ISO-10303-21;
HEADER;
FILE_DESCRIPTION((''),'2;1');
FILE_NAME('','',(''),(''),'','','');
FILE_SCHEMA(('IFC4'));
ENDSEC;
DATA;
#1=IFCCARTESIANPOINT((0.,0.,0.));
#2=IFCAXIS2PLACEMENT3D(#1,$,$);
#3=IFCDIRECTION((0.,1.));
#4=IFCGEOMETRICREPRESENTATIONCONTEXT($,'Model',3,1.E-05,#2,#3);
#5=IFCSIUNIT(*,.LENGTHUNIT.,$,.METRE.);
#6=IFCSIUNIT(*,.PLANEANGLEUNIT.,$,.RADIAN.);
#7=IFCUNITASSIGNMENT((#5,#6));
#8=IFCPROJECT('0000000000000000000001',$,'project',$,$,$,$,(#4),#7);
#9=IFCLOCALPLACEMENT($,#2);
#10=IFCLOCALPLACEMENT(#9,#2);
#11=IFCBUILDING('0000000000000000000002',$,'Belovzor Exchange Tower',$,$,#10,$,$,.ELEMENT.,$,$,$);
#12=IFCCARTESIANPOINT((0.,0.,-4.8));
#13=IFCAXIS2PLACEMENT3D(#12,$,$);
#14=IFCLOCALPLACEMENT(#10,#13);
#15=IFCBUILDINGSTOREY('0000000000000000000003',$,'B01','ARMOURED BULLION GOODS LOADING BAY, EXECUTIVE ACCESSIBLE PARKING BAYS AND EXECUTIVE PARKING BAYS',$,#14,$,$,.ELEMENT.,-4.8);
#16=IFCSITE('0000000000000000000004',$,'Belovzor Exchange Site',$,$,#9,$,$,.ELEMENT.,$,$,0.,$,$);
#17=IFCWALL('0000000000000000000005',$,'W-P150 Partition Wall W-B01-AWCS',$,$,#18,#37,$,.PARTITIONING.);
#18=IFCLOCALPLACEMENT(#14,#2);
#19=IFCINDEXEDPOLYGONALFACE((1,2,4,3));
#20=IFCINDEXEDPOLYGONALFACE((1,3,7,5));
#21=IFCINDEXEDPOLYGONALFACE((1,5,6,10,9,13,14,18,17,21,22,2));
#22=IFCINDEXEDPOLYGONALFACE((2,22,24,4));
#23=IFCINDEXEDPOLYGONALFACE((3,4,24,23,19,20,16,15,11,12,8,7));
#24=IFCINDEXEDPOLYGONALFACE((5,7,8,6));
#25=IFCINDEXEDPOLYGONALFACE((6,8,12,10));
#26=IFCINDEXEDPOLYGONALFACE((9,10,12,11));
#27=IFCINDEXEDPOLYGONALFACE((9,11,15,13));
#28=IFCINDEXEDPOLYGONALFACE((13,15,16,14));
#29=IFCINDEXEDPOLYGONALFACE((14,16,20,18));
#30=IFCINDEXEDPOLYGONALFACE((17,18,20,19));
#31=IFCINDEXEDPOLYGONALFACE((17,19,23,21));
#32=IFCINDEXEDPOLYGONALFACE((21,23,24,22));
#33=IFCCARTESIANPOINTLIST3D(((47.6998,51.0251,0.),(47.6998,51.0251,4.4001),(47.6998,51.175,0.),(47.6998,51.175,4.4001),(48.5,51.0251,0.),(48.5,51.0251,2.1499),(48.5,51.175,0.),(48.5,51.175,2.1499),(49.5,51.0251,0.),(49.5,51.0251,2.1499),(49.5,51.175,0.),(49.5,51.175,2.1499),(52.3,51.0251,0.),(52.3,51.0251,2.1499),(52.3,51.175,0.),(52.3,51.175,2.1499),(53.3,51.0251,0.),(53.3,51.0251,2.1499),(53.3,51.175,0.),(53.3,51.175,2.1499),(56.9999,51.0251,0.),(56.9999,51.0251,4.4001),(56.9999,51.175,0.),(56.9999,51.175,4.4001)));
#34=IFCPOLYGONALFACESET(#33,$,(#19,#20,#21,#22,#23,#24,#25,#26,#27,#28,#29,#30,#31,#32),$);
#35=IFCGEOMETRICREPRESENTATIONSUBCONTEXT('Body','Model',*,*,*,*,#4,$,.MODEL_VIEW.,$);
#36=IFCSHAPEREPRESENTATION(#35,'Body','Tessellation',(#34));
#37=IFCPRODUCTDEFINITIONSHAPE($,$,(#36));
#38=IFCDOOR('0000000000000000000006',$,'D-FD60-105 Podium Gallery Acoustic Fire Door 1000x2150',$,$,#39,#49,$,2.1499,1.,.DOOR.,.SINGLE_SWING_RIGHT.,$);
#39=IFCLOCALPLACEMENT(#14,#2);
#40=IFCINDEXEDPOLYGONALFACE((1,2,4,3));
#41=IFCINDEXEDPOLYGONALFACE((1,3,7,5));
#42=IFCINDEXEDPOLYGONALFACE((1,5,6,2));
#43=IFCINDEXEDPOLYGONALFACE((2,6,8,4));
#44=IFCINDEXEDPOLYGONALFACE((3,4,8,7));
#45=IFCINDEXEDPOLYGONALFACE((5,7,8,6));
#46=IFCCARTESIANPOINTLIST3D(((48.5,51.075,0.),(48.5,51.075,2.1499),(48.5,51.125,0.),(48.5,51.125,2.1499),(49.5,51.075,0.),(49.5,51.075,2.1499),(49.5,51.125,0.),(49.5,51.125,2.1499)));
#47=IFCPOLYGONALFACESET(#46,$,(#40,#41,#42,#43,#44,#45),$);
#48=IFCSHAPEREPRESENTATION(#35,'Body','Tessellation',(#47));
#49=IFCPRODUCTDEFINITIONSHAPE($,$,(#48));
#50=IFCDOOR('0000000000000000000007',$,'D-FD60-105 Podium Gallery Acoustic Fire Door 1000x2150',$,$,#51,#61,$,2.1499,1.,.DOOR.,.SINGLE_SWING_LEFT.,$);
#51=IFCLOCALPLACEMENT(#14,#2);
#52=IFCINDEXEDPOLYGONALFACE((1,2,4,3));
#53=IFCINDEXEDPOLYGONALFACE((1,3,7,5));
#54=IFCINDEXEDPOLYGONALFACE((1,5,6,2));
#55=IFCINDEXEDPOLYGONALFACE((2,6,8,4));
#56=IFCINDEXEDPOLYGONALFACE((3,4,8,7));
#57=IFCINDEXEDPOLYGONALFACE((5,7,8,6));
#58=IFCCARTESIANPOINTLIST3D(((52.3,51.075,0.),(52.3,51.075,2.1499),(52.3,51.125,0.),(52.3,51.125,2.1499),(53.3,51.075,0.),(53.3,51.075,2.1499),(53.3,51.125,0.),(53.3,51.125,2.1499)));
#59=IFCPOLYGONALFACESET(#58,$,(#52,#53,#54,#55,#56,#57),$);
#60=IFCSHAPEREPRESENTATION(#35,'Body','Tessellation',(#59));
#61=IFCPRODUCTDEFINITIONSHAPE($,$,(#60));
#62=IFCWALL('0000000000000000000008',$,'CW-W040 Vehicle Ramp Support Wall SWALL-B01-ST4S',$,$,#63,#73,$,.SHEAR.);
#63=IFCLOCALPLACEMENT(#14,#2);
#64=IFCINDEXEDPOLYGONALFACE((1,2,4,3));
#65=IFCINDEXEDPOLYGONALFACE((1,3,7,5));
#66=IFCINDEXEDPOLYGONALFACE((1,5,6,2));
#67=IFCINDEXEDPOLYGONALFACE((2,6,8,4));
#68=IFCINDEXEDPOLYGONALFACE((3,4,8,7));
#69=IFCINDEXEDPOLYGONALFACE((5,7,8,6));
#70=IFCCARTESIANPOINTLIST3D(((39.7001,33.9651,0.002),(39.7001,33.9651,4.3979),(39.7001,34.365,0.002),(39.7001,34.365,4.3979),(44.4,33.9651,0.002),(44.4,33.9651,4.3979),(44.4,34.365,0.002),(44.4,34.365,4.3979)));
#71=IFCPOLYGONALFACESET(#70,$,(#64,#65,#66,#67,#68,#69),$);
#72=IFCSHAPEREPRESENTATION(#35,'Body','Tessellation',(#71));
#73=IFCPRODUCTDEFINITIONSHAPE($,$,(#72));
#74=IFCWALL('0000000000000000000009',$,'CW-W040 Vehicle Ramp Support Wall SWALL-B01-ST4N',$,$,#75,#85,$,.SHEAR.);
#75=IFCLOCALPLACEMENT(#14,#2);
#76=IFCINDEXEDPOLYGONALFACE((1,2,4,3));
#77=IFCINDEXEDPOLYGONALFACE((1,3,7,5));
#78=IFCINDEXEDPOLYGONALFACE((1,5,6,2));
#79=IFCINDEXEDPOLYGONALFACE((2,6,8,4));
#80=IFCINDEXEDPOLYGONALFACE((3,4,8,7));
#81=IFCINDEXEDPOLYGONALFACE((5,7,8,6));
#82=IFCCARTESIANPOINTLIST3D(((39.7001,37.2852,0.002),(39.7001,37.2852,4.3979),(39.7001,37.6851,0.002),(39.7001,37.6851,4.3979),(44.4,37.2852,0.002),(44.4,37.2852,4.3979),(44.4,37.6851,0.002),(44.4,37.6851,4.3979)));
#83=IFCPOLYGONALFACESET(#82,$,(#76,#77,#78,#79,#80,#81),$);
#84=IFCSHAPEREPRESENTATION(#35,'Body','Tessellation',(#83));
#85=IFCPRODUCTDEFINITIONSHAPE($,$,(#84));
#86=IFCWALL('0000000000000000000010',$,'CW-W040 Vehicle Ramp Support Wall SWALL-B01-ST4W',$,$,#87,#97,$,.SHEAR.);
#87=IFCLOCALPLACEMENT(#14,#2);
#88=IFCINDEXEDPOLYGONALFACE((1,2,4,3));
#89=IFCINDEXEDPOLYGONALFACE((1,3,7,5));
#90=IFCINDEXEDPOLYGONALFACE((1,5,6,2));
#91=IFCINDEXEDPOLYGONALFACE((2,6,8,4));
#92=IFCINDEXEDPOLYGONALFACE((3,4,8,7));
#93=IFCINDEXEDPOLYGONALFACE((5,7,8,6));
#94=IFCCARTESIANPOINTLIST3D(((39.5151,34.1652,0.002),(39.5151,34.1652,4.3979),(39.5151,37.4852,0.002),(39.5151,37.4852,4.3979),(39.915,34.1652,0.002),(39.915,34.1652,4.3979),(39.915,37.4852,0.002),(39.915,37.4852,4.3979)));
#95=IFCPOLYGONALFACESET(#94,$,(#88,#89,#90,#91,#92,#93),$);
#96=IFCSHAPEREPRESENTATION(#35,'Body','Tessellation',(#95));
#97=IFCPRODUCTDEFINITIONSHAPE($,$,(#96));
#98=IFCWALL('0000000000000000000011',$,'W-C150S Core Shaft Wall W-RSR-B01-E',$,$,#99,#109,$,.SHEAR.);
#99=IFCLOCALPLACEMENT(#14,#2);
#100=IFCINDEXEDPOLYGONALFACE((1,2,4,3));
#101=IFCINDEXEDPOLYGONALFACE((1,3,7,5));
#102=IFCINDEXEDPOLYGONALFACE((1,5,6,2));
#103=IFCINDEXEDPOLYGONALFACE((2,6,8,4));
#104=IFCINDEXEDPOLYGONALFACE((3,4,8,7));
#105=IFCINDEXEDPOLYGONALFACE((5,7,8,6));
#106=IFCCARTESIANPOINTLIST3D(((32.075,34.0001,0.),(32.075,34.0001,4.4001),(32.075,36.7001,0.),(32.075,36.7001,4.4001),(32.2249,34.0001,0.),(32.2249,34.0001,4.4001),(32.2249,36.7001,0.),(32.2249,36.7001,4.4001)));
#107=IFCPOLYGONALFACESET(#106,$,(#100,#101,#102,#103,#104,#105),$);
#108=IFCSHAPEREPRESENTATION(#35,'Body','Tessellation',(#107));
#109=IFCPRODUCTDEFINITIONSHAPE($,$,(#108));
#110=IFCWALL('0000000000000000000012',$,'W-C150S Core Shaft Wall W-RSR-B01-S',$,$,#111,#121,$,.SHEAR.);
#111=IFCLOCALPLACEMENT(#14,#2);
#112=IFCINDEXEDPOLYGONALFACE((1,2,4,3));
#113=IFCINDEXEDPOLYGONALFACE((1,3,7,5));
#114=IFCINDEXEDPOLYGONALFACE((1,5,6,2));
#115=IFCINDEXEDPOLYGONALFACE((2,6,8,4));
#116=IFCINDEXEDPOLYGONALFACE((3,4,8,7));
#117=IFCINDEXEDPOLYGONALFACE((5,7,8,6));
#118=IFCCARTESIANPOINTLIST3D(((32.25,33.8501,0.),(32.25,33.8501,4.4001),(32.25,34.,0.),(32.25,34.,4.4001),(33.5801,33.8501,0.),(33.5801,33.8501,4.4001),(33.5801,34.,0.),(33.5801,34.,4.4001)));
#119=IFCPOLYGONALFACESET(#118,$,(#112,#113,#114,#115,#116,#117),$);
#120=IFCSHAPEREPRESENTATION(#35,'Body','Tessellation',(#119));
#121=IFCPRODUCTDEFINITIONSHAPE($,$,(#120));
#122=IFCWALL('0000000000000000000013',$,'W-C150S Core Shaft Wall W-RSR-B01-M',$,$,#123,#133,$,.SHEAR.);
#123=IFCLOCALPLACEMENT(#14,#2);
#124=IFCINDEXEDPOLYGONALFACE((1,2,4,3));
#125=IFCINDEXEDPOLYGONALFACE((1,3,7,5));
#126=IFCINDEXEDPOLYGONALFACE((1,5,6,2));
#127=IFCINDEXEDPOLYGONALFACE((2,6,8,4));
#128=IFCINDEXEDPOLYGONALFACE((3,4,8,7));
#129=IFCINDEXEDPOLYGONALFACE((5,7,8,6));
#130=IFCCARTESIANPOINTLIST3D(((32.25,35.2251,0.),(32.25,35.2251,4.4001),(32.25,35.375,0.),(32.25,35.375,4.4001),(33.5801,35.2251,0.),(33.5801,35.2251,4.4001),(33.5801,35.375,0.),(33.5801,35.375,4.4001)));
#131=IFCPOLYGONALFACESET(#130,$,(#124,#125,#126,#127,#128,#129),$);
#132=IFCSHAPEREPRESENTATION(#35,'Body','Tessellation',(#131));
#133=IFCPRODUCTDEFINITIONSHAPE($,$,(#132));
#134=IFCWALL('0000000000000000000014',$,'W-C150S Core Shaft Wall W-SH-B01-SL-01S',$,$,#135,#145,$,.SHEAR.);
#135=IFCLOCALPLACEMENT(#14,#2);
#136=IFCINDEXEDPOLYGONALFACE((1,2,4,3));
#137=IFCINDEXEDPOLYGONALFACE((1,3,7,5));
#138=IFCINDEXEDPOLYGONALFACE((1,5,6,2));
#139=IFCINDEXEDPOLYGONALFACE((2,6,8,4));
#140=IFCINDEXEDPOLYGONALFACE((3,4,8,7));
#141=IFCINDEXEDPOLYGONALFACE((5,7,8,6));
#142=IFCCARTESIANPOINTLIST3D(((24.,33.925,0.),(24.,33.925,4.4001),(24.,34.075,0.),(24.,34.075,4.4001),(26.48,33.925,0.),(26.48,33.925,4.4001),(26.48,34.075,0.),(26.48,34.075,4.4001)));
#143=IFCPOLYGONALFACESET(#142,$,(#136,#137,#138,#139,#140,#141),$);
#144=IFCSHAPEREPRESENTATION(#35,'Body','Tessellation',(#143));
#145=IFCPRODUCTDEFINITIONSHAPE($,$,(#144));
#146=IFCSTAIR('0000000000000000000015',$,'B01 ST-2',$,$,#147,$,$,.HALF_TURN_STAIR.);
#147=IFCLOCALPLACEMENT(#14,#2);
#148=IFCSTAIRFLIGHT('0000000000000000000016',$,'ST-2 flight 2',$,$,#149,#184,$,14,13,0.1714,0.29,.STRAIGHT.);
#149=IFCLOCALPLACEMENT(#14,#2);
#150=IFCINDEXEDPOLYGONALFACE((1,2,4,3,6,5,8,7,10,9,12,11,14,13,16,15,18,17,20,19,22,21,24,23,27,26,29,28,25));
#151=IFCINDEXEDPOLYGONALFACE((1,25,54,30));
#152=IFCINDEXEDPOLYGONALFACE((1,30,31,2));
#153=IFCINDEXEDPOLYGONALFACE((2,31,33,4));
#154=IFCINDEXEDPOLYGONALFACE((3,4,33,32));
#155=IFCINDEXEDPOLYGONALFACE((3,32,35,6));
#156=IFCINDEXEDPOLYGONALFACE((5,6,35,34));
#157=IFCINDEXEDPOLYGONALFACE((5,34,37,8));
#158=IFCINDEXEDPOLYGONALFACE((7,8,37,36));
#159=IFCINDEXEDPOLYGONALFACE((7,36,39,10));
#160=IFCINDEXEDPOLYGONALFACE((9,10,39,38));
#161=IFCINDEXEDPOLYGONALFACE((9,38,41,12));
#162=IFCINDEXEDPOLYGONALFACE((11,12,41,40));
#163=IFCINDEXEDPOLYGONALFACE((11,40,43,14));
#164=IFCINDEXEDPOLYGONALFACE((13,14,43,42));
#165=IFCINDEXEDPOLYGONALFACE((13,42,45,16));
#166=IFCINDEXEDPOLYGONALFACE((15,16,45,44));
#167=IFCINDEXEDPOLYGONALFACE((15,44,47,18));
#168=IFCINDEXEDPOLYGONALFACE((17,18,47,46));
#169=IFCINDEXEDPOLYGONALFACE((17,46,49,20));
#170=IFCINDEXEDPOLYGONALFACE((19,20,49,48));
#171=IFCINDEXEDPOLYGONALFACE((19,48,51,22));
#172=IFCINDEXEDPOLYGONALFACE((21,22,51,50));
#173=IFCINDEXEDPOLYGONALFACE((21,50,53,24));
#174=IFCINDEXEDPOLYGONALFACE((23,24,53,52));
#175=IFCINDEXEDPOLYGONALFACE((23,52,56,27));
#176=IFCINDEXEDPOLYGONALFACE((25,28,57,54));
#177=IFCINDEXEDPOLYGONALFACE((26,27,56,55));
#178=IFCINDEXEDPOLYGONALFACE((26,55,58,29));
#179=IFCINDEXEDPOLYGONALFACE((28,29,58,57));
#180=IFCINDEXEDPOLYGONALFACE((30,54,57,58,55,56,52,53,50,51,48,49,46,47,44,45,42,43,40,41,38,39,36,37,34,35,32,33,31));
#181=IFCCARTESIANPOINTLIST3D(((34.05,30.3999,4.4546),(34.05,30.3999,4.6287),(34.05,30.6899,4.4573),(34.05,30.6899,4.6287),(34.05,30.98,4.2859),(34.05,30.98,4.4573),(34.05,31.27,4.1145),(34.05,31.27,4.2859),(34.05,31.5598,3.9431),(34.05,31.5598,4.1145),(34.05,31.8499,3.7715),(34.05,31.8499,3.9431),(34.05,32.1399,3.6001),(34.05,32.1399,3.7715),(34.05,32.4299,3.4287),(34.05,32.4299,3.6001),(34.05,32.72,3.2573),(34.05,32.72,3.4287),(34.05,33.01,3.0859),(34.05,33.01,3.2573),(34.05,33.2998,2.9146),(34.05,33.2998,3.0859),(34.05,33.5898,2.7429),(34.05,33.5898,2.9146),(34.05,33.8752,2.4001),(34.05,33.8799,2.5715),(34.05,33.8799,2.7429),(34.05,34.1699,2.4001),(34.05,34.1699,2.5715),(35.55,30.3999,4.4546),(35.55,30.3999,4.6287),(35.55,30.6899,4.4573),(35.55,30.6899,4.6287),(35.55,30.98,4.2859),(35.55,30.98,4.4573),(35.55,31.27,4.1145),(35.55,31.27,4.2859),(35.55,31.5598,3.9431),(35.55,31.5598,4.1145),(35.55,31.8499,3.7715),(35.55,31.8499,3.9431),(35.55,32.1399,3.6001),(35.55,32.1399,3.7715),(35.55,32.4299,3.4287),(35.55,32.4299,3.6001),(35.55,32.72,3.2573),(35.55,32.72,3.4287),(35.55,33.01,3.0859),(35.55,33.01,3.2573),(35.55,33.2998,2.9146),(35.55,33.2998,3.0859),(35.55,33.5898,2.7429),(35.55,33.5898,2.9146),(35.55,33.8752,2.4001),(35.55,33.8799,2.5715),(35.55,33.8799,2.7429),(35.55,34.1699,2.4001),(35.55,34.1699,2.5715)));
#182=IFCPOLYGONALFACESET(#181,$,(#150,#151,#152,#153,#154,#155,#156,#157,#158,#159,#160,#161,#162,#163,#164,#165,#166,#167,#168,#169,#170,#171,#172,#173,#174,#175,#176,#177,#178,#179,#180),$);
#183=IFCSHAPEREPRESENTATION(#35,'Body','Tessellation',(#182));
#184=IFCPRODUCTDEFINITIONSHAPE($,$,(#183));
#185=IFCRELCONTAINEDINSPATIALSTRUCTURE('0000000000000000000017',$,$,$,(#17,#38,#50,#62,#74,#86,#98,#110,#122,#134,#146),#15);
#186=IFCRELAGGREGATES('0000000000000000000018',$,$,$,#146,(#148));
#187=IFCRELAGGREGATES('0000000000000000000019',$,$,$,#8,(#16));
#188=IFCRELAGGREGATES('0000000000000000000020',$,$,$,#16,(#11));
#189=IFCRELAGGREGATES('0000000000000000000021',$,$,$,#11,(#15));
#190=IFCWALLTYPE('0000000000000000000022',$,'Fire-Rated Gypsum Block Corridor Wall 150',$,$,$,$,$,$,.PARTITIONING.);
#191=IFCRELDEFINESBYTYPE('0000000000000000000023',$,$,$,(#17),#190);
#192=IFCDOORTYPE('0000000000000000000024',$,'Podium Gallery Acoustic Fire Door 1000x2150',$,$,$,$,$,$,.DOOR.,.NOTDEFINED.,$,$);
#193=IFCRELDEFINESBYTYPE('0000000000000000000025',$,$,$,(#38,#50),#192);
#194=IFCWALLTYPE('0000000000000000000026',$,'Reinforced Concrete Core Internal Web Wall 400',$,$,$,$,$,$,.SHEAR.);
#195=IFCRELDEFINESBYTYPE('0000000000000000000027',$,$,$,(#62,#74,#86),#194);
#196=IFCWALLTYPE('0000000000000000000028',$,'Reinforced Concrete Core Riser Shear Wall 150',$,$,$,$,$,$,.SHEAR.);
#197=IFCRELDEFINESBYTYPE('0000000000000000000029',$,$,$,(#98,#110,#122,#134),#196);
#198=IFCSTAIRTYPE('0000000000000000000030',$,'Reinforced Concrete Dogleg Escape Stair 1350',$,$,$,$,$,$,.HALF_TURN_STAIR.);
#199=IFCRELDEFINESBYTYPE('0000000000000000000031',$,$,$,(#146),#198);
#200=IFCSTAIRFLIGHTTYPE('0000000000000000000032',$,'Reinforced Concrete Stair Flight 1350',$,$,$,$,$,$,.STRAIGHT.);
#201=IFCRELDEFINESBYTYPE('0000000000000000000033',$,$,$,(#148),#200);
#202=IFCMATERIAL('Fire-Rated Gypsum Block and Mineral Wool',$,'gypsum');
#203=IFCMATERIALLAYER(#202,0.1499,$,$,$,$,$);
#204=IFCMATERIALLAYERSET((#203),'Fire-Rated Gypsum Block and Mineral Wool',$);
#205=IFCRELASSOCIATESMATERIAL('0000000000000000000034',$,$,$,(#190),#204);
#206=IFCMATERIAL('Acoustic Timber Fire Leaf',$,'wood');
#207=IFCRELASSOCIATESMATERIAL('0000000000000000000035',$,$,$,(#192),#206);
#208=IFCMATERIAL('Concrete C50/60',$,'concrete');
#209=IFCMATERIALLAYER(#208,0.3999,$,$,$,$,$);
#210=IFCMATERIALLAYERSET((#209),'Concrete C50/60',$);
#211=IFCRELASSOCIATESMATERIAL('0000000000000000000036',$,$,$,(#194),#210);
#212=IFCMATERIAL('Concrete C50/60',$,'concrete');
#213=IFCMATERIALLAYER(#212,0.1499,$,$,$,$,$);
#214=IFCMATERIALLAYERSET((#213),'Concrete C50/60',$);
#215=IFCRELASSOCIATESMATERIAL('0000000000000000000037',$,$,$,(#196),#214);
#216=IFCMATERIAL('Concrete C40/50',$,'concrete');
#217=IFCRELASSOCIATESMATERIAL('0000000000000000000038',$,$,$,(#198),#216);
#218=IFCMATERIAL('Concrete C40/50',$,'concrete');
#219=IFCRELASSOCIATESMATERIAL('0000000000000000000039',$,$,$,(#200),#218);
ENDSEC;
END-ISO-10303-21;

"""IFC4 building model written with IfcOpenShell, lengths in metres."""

from ifc_helpers import new_model, si_unit, direction, frame, frame_2d, origin, place, context, subcontext, project, spatial, polyline, rectangle, outline, extrude, material, layer, layer_set, type_object, element, fill, aggregate, save


model = new_model("IFC4")

# Units and contexts
model_context = context("Model", 3, precision=1e-05, world=origin(), true_north=direction((0.0, 1.0)))
body_context = subcontext(model_context, "Body", "Model", "MODEL_VIEW")
ifc_project = project(units=[si_unit("LENGTHUNIT", "METRE"), si_unit("PLANEANGLEUNIT", "RADIAN")], contexts=[model_context])

# Site, building, storey
site_placement = place(None, origin())
site = spatial("IfcSite", under=ifc_project, at=site_placement, Name="Belovzor Exchange Site", CompositionType="ELEMENT", RefElevation=0.0)
building_placement = place(site_placement, origin())
building = spatial("IfcBuilding", under=site, at=building_placement, Name="Belovzor Exchange Tower", CompositionType="ELEMENT")
storey_placement = place(building_placement, frame((0.0, 0.0, -4.8)))
storey = spatial("IfcBuildingStorey", under=building, at=storey_placement, Name="B01", Description="ARMOURED BULLION GOODS LOADING BAY, EXECUTIVE ACCESSIBLE PARKING BAYS AND EXECUTIVE PARKING BAYS", CompositionType="ELEMENT", Elevation=-4.8)

# Shared definitions
ifc_material_1 = material(Name="Fire-Rated Gypsum Block and Mineral Wool", Category="gypsum")
ifc_layer_1 = layer(ifc_material_1, 0.1499)
ifc_layer_set_1 = layer_set([ifc_layer_1], Name="Fire-Rated Gypsum Block and Mineral Wool")
wall_type_1 = type_object("IfcWallType", Name="Fire-Rated Gypsum Block Corridor Wall 150", PredefinedType="PARTITIONING", material=ifc_layer_set_1)

# Wall, openings, doors
wall_1_placement = place(storey_placement, frame((47.7, 51.1001, 0.0), z_axis=(0.0, 0.0, 1.0), x_axis=(1.0, 0.0, 0.0)))
wall_1 = element("IfcWall", 1, at=wall_1_placement, inside=storey, type_object=wall_type_1, Name="W-P150 Partition Wall W-B01-AWCS", PredefinedType="PARTITIONING", context=body_context, shape_type="SweptSolid", body=[
    extrude(rectangle(XDim=9.3, YDim=0.1499, at=frame_2d((4.6499, 0.0))), origin(), (0.0, 0.0, 1.0), 4.4001),
])
opening_1_placement = place(wall_1_placement, frame((0.8, 0.0, 0.0)))
opening_1 = element("IfcOpeningElement", 2, at=opening_1_placement, cuts=wall_1, PredefinedType="OPENING", context=body_context, shape_type="SweptSolid", body=[
    extrude(rectangle(XDim=1.0, YDim=2.1499, at=frame_2d((0.5, 1.075))), frame((0.0, 0.085, 0.0), z_axis=(0.0, -1.0, 0.0), x_axis=(1.0, 0.0, 0.0)), (0.0, 0.0, 1.0), 0.1699),
])
opening_2_placement = place(wall_1_placement, frame((4.6001, 0.0, 0.0)))
opening_2 = element("IfcOpeningElement", 3, at=opening_2_placement, cuts=wall_1, PredefinedType="OPENING", context=body_context, shape_type="SweptSolid", body=[
    extrude(rectangle(XDim=1.0, YDim=2.1499, at=frame_2d((0.5, 1.075))), frame((0.0, 0.085, 0.0), z_axis=(0.0, -1.0, 0.0), x_axis=(1.0, 0.0, 0.0)), (0.0, 0.0, 1.0), 0.1699),
])
ifc_material_2 = material(Name="Acoustic Timber Fire Leaf", Category="wood")
door_type_1 = type_object("IfcDoorType", Name="Podium Gallery Acoustic Fire Door 1000x2150", OperationType="NOTDEFINED", PredefinedType="DOOR", material=ifc_material_2)
door_1_placement = place(opening_1_placement, origin())
door_1 = element("IfcDoor", 4, at=door_1_placement, inside=storey, type_object=door_type_1, Name="D-FD60-105 Podium Gallery Acoustic Fire Door 1000x2150", OperationType="SINGLE_SWING_RIGHT", OverallHeight=2.1499, OverallWidth=1.0, PredefinedType="DOOR", context=body_context, shape_type="SweptSolid", body=[
    extrude(rectangle(XDim=1.0, YDim=2.1499, at=frame_2d((0.5, 1.075))), frame((0.0, 0.0249, 0.0), z_axis=(0.0, -1.0, 0.0), x_axis=(1.0, 0.0, 0.0)), (0.0, 0.0, 1.0), 0.05),
])
fill(opening_1, door_1)
door_2_placement = place(opening_2_placement, origin())
door_2 = element("IfcDoor", 5, at=door_2_placement, inside=storey, type_object=door_type_1, Name="D-FD60-105 Podium Gallery Acoustic Fire Door 1000x2150", OperationType="SINGLE_SWING_LEFT", OverallHeight=2.1499, OverallWidth=1.0, PredefinedType="DOOR", context=body_context, shape_type="SweptSolid", body=[
    extrude(rectangle(XDim=1.0, YDim=2.1499, at=frame_2d((0.5, 1.075))), frame((0.0, 0.0249, 0.0), z_axis=(0.0, -1.0, 0.0), x_axis=(1.0, 0.0, 0.0)), (0.0, 0.0, 1.0), 0.05),
])
fill(opening_2, door_2)

# Walls
ifc_material_3 = material(Name="Concrete C50/60", Category="concrete")
ifc_layer_2 = layer(ifc_material_3, 0.3999)
ifc_layer_set_2 = layer_set([ifc_layer_2], Name="Concrete C50/60")
wall_type_2 = type_object("IfcWallType", Name="Reinforced Concrete Core Internal Web Wall 400", PredefinedType="SHEAR", material=ifc_layer_set_2)
for number, where, z_axis, x_axis, name in (
    (6, (39.7, 34.165, 0.002), (0.0, 0.0, 1.0), (1.0, 0.0, 0.0), "CW-W040 Vehicle Ramp Support Wall SWALL-B01-ST4S"),
    (7, (39.7, 37.4851, 0.002), (0.0, 0.0, 1.0), (1.0, 0.0, 0.0), "CW-W040 Vehicle Ramp Support Wall SWALL-B01-ST4N"),
):
    element("IfcWall", number, at=place(storey_placement, frame(where, z_axis=z_axis, x_axis=x_axis)), inside=storey, type_object=wall_type_2, Name=name, PredefinedType="SHEAR", context=body_context, shape_type="SweptSolid", body=[
        extrude(rectangle(XDim=4.7, YDim=0.3999, at=frame_2d((2.3501, 0.0))), origin(), (0.0, 0.0, 1.0), 4.396),
    ])
wall_2_placement = place(storey_placement, frame((39.7151, 34.165, 0.002), z_axis=(0.0, 0.0, 1.0), x_axis=(0.0, 1.0, 0.0)))
element("IfcWall", 8, at=wall_2_placement, inside=storey, type_object=wall_type_2, Name="CW-W040 Vehicle Ramp Support Wall SWALL-B01-ST4W", PredefinedType="SHEAR", context=body_context, shape_type="SweptSolid", body=[
    extrude(rectangle(XDim=3.3201, YDim=0.3999, at=frame_2d((1.6602, 0.0))), origin(), (0.0, 0.0, 1.0), 4.396),
])
ifc_material_4 = material(Name="Concrete C50/60", Category="concrete")
ifc_layer_3 = layer(ifc_material_4, 0.1499)
ifc_layer_set_3 = layer_set([ifc_layer_3], Name="Concrete C50/60")
wall_type_3 = type_object("IfcWallType", Name="Reinforced Concrete Core Riser Shear Wall 150", PredefinedType="SHEAR", material=ifc_layer_set_3)
wall_3_placement = place(storey_placement, frame((32.1499, 34.0, 0.0), z_axis=(0.0, 0.0, 1.0), x_axis=(0.0, 1.0, 0.0)))
element("IfcWall", 9, at=wall_3_placement, inside=storey, type_object=wall_type_3, Name="W-C150S Core Shaft Wall W-RSR-B01-E", PredefinedType="SHEAR", context=body_context, shape_type="SweptSolid", body=[
    extrude(rectangle(XDim=2.7, YDim=0.1499, at=frame_2d((1.3501, 0.0))), origin(), (0.0, 0.0, 1.0), 4.4001),
])
for number, where, z_axis, x_axis, name in (
    (10, (32.25, 33.925, 0.0), (0.0, 0.0, 1.0), (1.0, 0.0, 0.0), "W-C150S Core Shaft Wall W-RSR-B01-S"),
    (11, (32.25, 35.3, 0.0), (0.0, 0.0, 1.0), (1.0, 0.0, 0.0), "W-C150S Core Shaft Wall W-RSR-B01-M"),
):
    element("IfcWall", number, at=place(storey_placement, frame(where, z_axis=z_axis, x_axis=x_axis)), inside=storey, type_object=wall_type_3, Name=name, PredefinedType="SHEAR", context=body_context, shape_type="SweptSolid", body=[
        extrude(rectangle(XDim=1.3301, YDim=0.1499, at=frame_2d((0.665, 0.0))), origin(), (0.0, 0.0, 1.0), 4.4001),
    ])
wall_4_placement = place(storey_placement, frame((24.0, 34.0, 0.0), z_axis=(0.0, 0.0, 1.0), x_axis=(1.0, 0.0, 0.0)))
element("IfcWall", 12, at=wall_4_placement, inside=storey, type_object=wall_type_3, Name="W-C150S Core Shaft Wall W-SH-B01-SL-01S", PredefinedType="SHEAR", context=body_context, shape_type="SweptSolid", body=[
    extrude(rectangle(XDim=2.48, YDim=0.1499, at=frame_2d((1.24, 0.0))), origin(), (0.0, 0.0, 1.0), 4.4001),
])

# Stair, stair flight
ifc_material_5 = material(Name="Concrete C40/50", Category="concrete")
stair_type = type_object("IfcStairType", Name="Reinforced Concrete Dogleg Escape Stair 1350", PredefinedType="HALF_TURN_STAIR", material=ifc_material_5)
stair_placement = place(storey_placement, origin())
stair = element("IfcStair", 13, at=stair_placement, inside=storey, type_object=stair_type, Name="B01 ST-2", PredefinedType="HALF_TURN_STAIR")
ifc_material_6 = material(Name="Concrete C40/50", Category="concrete")
stair_flight_type = type_object("IfcStairFlightType", Name="Reinforced Concrete Stair Flight 1350", PredefinedType="STRAIGHT", material=ifc_material_6)
stair_flight_placement = place(storey_placement, frame((34.8, 34.1699, 2.4001), z_axis=(0.0, 0.0, 1.0), x_axis=(0.0, -1.0, 0.0)))
stair_flight = element("IfcStairFlight", 14, at=stair_flight_placement, type_object=stair_flight_type, Name="ST-2 flight 2", NumberOfRisers=14, NumberOfTreads=13, PredefinedType="STRAIGHT", RiserHeight=0.1714, TreadLength=0.29, context=body_context, shape_type="SweptSolid", body=[
    extrude(outline(polyline([(0.0, 0.0), (0.0, 0.1714), (0.29, 0.1714), (0.29, 0.3428), (0.5801, 0.3428), (0.5801, 0.5144), (0.8701, 0.5144), (0.8701, 0.6858), (1.1599, 0.6858), (1.1599, 0.8572), (1.45, 0.8572), (1.45, 1.0286), (1.74, 1.0286), (1.74, 1.2), (2.03, 1.2), (2.03, 1.3713), (2.3201, 1.3713), (2.3201, 1.543), (2.6101, 1.543), (2.6101, 1.7144), (2.8999, 1.7144), (2.8999, 1.8857), (3.1899, 1.8857), (3.1899, 2.0571), (3.48, 2.0571), (3.48, 2.2285), (3.77, 2.2285), (3.77, 2.3999), (3.77, 2.0544), (0.2947, 0.0), (0.0, 0.0)])), frame((0.0, 0.75, 0.0), z_axis=(0.0, -1.0, 0.0), x_axis=(1.0, 0.0, 0.0)), (0.0, 0.0, 1.0), 1.5),
])
aggregate(stair, [stair_flight])

save(model, "model.ifc")
